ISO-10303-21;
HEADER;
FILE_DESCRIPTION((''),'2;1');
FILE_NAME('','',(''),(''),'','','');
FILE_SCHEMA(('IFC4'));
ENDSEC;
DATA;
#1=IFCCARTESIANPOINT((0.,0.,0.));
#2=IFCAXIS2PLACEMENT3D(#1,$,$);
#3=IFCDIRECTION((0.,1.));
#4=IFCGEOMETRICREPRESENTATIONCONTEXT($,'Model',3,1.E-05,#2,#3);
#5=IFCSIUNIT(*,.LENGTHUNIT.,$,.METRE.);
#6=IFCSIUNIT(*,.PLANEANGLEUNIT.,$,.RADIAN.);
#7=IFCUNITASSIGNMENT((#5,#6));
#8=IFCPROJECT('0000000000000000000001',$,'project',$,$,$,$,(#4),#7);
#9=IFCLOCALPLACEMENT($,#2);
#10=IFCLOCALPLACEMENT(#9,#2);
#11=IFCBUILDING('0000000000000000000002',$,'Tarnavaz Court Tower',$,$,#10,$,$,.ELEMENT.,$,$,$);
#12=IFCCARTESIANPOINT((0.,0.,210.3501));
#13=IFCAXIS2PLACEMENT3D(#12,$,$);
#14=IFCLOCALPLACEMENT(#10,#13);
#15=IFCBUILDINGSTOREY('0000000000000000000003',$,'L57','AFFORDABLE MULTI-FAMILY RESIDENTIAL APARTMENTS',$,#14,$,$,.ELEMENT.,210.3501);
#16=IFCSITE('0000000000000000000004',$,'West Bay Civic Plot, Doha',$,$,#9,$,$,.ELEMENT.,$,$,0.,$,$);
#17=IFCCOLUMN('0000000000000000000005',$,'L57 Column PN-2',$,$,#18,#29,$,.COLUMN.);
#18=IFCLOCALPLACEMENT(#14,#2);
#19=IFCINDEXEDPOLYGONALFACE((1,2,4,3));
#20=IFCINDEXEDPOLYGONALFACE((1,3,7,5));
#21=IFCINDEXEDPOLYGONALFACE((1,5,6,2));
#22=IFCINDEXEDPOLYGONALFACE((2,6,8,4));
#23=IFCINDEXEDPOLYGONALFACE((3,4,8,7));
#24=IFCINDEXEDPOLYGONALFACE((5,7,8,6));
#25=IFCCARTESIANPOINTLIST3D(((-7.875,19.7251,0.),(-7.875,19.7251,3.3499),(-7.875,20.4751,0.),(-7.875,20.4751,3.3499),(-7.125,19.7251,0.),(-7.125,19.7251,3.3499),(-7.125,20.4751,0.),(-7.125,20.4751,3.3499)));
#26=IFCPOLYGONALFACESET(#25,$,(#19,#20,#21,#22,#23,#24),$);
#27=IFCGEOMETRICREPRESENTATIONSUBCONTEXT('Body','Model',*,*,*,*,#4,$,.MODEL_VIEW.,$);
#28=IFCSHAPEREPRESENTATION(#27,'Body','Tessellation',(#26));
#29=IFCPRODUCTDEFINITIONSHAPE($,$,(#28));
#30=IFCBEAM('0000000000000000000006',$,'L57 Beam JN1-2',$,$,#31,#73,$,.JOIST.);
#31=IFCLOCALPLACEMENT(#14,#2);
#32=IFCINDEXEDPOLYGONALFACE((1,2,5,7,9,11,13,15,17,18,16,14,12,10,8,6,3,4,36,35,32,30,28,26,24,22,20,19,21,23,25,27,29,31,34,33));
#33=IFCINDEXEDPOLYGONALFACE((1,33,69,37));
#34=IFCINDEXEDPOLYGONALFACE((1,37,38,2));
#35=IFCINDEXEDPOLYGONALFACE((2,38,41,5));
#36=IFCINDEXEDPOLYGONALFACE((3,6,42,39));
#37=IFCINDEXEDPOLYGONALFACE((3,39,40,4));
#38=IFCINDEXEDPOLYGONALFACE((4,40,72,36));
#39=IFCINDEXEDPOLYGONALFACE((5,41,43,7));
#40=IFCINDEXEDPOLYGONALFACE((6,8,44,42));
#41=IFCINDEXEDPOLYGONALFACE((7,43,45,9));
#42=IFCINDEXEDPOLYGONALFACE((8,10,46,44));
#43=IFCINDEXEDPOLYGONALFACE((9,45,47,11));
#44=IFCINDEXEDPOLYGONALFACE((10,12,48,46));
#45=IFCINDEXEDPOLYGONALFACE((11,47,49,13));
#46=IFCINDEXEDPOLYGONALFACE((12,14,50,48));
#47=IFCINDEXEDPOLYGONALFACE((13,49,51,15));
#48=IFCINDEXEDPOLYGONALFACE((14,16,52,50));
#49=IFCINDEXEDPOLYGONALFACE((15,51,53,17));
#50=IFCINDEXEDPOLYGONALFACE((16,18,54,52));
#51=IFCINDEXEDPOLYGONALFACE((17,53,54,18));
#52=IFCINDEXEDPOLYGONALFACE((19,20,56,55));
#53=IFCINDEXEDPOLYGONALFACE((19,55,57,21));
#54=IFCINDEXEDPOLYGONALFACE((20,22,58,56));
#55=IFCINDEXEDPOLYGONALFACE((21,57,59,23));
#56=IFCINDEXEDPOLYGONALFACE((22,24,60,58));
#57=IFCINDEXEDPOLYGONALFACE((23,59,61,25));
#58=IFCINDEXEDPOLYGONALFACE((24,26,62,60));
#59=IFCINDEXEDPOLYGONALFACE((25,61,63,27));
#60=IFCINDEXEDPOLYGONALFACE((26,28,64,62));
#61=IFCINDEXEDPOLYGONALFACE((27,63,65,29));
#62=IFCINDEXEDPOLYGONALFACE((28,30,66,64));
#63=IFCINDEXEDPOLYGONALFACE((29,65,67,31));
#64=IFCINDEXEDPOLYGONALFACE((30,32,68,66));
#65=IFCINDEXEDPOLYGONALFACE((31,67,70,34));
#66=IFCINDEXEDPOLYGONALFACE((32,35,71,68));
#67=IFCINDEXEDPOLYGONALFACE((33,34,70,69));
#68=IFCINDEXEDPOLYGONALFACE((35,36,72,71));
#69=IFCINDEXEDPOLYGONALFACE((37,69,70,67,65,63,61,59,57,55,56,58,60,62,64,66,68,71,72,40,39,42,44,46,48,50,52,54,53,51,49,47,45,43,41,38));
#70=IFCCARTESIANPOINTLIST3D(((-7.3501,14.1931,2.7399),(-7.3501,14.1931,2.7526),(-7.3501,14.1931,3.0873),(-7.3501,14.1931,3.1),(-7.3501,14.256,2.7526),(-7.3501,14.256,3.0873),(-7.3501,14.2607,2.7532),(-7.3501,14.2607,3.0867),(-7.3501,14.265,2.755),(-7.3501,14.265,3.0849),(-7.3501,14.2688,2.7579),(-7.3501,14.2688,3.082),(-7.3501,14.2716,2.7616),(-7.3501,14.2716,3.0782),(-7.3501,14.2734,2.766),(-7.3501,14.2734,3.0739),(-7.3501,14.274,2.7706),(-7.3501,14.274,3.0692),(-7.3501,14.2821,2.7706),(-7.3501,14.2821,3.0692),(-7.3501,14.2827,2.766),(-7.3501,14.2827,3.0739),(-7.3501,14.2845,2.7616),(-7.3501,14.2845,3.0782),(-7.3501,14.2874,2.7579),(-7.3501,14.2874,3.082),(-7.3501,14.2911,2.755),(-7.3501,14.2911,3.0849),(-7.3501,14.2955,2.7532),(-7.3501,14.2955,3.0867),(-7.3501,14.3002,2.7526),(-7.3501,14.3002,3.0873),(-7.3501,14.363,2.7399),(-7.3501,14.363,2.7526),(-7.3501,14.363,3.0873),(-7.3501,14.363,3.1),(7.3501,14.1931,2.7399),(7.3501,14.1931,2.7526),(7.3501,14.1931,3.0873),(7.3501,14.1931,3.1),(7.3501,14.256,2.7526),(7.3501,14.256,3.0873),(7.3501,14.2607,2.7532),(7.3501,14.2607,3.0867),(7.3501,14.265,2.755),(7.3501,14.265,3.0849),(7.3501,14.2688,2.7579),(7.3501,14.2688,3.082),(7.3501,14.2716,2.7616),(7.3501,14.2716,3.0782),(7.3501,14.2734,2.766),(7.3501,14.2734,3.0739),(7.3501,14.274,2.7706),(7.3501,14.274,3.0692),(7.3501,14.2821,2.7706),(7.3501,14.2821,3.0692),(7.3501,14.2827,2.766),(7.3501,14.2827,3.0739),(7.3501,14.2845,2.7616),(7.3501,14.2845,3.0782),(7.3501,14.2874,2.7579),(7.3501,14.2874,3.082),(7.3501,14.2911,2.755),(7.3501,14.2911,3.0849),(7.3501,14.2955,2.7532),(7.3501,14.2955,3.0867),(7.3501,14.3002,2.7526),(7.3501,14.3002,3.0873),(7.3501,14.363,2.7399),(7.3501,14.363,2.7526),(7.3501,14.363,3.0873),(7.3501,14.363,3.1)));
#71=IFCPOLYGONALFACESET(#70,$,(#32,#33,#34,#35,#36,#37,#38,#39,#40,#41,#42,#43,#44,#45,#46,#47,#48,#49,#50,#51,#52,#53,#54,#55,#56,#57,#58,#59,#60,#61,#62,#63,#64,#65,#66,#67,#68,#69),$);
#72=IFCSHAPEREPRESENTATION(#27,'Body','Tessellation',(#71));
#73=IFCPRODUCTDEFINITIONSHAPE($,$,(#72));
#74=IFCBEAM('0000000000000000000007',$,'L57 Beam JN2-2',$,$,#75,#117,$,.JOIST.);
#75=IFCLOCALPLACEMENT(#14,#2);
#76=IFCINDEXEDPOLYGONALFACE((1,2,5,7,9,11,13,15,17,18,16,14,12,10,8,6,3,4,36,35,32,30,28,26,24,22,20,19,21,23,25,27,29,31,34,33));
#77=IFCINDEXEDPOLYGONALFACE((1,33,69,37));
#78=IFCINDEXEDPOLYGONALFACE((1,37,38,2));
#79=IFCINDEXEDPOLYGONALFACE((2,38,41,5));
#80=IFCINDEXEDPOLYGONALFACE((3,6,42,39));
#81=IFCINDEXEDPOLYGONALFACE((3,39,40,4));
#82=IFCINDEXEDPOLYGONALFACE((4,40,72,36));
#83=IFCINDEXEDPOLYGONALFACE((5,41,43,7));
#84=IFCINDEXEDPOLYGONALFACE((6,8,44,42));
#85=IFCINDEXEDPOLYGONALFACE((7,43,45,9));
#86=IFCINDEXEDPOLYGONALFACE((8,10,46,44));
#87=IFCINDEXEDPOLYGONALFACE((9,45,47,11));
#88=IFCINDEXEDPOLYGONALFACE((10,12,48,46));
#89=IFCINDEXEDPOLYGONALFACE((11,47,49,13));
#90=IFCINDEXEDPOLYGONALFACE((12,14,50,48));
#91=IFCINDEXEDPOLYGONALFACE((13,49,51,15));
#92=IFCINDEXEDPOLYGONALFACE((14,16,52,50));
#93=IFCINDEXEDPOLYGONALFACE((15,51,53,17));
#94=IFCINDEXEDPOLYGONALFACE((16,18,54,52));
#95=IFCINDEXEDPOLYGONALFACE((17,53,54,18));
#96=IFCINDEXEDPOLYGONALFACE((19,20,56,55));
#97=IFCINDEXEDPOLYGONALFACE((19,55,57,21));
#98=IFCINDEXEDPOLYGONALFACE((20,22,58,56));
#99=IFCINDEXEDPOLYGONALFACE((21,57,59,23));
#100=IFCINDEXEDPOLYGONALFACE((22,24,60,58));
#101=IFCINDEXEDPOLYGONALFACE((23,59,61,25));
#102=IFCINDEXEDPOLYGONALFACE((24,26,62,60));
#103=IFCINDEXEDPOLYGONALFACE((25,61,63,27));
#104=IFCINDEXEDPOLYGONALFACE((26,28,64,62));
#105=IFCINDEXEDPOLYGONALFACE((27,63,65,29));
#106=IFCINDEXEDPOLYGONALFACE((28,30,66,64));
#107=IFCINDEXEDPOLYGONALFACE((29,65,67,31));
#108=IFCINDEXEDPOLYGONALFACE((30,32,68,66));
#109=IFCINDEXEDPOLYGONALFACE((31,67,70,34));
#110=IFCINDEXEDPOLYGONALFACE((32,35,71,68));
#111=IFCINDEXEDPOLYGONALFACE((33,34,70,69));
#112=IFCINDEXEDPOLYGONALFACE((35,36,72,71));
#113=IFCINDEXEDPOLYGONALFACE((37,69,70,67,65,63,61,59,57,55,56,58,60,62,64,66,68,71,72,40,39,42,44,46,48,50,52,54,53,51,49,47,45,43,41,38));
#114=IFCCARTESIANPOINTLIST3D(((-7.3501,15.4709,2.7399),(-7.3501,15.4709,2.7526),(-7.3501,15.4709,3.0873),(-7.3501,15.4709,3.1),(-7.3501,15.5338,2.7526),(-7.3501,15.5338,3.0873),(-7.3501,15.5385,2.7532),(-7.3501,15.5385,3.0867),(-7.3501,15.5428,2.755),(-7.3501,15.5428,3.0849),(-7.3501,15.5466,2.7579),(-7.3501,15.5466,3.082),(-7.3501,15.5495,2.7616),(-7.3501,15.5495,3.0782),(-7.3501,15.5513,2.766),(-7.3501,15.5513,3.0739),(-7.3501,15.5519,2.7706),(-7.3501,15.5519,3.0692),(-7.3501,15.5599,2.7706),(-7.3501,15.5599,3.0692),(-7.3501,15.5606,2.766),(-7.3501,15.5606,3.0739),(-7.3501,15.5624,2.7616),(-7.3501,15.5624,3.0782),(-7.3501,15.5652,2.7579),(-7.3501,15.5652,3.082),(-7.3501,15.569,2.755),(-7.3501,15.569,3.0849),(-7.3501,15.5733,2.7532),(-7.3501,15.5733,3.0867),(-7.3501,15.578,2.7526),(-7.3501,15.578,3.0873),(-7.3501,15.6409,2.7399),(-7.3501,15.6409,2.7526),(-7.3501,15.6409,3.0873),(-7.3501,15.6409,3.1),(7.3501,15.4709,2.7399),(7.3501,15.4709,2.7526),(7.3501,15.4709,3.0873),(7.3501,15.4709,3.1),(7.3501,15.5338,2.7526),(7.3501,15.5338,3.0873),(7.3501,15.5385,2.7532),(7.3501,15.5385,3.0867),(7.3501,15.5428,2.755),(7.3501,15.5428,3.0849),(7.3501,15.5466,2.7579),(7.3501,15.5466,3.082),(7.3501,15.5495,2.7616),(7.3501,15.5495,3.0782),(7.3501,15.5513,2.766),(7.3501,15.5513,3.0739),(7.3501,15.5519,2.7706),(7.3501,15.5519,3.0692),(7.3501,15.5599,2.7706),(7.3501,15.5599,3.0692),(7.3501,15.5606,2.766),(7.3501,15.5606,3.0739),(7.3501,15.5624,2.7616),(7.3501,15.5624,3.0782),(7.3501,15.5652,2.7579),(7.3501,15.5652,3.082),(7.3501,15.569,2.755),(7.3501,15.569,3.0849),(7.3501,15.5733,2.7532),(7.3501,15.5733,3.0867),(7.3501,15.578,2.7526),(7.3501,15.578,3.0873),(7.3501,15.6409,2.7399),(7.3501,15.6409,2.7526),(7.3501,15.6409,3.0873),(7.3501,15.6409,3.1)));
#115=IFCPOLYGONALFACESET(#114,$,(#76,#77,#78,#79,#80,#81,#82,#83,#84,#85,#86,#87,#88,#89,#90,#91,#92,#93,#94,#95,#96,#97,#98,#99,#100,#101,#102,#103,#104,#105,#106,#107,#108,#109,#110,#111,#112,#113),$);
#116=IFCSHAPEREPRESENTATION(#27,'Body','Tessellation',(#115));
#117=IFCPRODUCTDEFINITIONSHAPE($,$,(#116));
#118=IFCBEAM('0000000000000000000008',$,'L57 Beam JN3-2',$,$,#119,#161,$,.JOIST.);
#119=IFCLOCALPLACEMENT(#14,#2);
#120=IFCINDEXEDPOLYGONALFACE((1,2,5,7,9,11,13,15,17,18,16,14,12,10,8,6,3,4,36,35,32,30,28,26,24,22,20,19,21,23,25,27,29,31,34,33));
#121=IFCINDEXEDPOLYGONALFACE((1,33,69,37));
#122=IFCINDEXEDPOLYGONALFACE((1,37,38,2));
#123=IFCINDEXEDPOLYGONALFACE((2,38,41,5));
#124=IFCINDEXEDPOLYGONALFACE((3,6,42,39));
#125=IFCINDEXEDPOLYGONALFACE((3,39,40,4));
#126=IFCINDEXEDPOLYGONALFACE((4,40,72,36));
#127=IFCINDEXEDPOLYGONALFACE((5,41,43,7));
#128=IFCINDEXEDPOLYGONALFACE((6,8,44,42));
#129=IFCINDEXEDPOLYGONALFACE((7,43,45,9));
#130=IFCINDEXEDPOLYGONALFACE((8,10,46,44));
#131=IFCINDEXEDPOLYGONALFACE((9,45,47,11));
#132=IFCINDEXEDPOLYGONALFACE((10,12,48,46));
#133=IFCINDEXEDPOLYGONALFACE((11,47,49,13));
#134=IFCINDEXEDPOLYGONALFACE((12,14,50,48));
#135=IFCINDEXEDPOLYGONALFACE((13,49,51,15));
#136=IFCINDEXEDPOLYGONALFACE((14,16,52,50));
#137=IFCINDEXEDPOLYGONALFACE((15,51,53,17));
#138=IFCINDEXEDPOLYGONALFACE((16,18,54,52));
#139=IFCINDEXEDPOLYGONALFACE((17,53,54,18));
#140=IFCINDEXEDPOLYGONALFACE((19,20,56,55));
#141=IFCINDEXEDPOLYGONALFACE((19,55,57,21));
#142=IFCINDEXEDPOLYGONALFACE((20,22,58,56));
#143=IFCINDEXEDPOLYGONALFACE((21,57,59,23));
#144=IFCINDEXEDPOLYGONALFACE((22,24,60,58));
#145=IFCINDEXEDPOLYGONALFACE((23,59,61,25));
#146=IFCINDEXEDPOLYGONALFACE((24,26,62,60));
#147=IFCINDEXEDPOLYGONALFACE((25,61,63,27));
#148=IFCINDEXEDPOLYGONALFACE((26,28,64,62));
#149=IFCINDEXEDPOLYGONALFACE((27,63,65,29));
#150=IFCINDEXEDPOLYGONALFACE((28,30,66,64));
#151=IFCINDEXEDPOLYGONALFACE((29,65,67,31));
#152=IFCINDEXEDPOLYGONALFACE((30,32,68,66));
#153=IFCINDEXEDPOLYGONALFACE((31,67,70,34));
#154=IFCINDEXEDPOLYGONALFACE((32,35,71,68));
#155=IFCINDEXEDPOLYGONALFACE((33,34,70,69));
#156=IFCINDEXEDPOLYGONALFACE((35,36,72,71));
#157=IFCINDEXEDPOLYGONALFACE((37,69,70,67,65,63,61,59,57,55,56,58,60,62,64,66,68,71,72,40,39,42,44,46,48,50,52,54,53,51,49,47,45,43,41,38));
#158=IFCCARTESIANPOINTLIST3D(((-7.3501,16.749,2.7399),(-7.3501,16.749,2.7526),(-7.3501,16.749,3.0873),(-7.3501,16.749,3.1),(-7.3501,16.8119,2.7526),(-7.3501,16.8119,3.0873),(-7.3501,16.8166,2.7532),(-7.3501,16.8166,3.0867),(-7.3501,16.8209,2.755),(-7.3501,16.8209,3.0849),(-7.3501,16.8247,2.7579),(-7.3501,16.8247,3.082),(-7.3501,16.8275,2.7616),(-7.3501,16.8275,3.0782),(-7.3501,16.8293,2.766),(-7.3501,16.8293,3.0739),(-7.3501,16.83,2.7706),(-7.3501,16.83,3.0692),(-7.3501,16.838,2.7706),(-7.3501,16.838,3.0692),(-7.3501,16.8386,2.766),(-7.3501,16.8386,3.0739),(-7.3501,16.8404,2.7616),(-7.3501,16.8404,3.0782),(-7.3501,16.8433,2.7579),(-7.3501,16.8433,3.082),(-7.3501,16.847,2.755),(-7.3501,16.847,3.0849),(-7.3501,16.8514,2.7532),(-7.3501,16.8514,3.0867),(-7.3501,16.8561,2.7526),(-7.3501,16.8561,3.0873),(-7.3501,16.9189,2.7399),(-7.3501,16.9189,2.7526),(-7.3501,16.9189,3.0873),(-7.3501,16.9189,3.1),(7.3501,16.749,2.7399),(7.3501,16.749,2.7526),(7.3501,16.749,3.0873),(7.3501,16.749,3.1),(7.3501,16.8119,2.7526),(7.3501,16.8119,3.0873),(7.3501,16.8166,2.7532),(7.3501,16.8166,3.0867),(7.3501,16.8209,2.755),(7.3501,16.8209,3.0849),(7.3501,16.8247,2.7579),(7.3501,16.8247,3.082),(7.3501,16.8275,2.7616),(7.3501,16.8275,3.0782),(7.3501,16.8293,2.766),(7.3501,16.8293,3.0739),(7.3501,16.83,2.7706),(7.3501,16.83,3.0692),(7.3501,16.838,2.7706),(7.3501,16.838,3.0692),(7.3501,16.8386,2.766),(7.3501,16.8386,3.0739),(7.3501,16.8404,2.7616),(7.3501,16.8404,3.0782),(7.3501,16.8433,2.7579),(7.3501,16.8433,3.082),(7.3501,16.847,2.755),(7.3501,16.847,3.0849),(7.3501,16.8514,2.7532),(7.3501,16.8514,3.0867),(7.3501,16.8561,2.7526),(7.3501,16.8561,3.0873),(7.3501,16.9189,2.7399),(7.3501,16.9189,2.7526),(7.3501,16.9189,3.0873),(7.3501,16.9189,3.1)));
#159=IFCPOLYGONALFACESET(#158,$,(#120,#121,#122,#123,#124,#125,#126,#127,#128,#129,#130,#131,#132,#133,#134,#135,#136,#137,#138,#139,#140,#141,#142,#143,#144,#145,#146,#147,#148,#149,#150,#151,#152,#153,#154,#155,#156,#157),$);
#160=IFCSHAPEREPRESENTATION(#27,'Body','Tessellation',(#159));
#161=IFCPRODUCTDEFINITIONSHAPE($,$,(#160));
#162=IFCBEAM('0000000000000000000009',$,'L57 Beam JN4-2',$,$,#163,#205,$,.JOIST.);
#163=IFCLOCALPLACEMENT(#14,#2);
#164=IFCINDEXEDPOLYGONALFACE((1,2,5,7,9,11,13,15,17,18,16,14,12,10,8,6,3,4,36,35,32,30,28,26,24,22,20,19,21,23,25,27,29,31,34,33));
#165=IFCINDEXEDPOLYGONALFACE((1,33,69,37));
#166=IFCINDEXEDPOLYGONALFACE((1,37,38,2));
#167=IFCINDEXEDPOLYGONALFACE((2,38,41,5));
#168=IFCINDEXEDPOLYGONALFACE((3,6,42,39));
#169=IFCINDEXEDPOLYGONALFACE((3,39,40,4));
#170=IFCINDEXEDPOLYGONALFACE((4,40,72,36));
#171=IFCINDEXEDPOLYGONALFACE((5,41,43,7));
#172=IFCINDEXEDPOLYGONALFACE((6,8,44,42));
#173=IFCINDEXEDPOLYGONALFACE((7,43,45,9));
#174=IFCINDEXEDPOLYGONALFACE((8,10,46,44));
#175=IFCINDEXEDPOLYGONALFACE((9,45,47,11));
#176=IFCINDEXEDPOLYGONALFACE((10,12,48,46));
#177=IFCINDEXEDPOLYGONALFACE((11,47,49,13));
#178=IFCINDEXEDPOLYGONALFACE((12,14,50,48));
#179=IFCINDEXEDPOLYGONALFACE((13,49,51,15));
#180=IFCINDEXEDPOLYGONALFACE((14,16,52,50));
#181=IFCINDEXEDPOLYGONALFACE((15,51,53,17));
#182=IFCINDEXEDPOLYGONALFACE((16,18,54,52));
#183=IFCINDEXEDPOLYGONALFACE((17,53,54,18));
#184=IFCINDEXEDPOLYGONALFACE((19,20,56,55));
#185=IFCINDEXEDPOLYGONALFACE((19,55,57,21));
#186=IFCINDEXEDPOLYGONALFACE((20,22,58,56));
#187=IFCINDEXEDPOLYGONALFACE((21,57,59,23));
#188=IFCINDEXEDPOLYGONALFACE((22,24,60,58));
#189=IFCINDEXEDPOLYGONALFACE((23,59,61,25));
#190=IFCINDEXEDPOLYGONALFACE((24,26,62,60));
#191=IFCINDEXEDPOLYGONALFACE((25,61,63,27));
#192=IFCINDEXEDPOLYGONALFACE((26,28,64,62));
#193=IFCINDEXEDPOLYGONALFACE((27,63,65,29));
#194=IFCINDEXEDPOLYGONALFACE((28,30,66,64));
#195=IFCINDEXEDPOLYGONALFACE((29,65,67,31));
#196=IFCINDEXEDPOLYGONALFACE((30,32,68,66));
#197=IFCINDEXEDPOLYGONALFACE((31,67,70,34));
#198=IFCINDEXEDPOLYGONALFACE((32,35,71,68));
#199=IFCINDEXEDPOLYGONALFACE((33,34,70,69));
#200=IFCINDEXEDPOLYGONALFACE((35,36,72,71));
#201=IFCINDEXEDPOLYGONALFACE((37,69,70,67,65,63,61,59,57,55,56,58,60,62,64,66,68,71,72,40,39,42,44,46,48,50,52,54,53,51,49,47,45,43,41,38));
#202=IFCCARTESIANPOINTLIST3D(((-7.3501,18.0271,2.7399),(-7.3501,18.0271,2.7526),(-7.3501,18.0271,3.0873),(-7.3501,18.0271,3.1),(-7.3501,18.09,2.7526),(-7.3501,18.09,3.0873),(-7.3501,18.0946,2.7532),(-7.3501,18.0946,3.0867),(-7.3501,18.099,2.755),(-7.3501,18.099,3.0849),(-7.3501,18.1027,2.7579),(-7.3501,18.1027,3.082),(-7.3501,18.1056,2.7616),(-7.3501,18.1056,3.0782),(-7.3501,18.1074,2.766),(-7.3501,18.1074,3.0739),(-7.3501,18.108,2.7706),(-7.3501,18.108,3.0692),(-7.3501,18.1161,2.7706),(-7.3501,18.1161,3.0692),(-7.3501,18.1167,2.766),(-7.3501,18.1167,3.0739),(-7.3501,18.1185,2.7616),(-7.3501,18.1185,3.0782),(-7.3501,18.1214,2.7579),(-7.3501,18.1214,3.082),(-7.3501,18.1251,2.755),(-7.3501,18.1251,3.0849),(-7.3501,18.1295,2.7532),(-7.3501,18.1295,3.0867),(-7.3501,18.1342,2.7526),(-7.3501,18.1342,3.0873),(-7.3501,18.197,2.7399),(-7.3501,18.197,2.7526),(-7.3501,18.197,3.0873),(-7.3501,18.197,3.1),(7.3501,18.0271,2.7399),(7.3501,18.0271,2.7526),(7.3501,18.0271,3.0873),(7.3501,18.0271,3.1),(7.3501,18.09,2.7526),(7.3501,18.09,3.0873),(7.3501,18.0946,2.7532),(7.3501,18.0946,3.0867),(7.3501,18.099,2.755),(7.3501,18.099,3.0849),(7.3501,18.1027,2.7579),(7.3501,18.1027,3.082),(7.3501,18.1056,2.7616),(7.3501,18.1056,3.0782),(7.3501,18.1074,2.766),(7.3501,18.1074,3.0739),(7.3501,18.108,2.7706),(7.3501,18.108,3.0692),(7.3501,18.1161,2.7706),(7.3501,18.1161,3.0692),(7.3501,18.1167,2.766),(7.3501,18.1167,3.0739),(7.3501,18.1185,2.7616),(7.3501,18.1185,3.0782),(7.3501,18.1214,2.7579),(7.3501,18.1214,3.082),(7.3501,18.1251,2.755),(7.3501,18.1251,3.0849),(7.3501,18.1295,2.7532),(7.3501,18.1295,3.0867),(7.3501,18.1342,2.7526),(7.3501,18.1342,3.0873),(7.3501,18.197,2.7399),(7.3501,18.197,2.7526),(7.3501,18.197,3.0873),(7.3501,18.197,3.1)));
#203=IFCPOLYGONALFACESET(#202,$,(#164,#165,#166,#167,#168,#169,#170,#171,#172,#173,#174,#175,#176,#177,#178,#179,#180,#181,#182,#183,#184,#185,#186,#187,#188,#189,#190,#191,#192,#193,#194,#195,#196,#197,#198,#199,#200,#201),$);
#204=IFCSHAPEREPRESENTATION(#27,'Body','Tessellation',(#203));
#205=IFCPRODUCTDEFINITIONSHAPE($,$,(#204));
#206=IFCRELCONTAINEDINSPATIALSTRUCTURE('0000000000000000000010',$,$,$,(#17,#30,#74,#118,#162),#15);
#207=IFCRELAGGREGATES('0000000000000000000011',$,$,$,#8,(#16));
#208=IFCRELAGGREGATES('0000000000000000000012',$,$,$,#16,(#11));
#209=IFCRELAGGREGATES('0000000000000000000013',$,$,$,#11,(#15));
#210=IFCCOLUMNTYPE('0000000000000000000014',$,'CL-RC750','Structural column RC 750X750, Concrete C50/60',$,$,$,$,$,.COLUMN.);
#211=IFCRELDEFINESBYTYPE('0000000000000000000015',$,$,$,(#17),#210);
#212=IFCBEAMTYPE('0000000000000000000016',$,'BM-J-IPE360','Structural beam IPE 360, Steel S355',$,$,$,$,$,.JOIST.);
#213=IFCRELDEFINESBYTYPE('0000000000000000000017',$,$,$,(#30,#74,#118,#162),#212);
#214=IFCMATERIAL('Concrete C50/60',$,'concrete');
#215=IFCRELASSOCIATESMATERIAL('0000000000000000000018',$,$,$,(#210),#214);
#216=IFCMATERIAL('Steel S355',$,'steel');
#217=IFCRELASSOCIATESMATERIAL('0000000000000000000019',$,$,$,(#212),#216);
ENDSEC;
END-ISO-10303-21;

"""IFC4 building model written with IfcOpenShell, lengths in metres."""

from ifc_helpers import new_model, si_unit, direction, frame, origin, origin_2d, place, context, subcontext, project, spatial, rectangle, i_section, extrude, material, material_profile, profile_set, type_object, element, save


model = new_model("IFC4")

# Units and contexts
model_context = context("Model", 3, precision=1e-05, world=origin(), true_north=direction((0.0, 1.0)))
body_context = subcontext(model_context, "Body", "Model", "MODEL_VIEW")
ifc_project = project(units=[si_unit("LENGTHUNIT", "METRE"), si_unit("PLANEANGLEUNIT", "RADIAN")], contexts=[model_context])

# Site, building, storey
site_placement = place(None, origin())
site = spatial("IfcSite", under=ifc_project, at=site_placement, Name="West Bay Civic Plot, Doha", CompositionType="ELEMENT", RefElevation=0.0)
building_placement = place(site_placement, origin())
building = spatial("IfcBuilding", under=site, at=building_placement, Name="Tarnavaz Court Tower", CompositionType="ELEMENT")
storey_placement = place(building_placement, frame((0.0, 0.0, 210.3501)))
storey = spatial("IfcBuildingStorey", under=building, at=storey_placement, Name="L57", Description="AFFORDABLE MULTI-FAMILY RESIDENTIAL APARTMENTS", CompositionType="ELEMENT", Elevation=210.3501)

# Column
ifc_material_1 = material(Name="Concrete C50/60", Category="concrete")
ifc_material_profile_1 = material_profile(ifc_material_1, rectangle(XDim=0.75, YDim=0.75, at=origin_2d()), Name="RC 750X750")
ifc_profile_set_1 = profile_set([ifc_material_profile_1], Name="Concrete C50/60")
column_type = type_object("IfcColumnType", Name="CL-RC750", Description="Structural column RC 750X750, Concrete C50/60", PredefinedType="COLUMN", material=ifc_profile_set_1)
column_placement = place(storey_placement, frame((-7.5, 20.1001, 0.0), z_axis=(0.0, 0.0, 1.0), x_axis=(1.0, 0.0, 0.0)))
element("IfcColumn", 1, at=column_placement, inside=storey, type_object=column_type, Name="L57 Column PN-2", PredefinedType="COLUMN", context=body_context, shape_type="SweptSolid", body=[
    extrude(rectangle(XDim=0.75, YDim=0.75, at=origin_2d()), origin(), (0.0, 0.0, 1.0), 3.3499),
])

# Beams
ifc_material_2 = material(Name="Steel S355", Category="steel")
ifc_material_profile_2 = material_profile(ifc_material_2, i_section(OverallWidth=0.1699, OverallDepth=0.3601, WebThickness=0.0081, FlangeThickness=0.0127, FilletRadius=0.0181, at=origin_2d()), Name="IPE 360")
ifc_profile_set_2 = profile_set([ifc_material_profile_2], Name="Steel S355")
beam_type_1 = type_object("IfcBeamType", Name="BM-J-IPE360", Description="Structural beam IPE 360, Steel S355", PredefinedType="JOIST", material=ifc_profile_set_2)
for number, where, z_axis, x_axis, name in (
    (2, (-7.3501, 14.2781, 2.9199), (1.0, 0.0, 0.0), (0.0, 1.0, 0.0), "L57 Beam JN1-2"),
    (3, (-7.3501, 15.5559, 2.9199), (1.0, 0.0, 0.0), (0.0, 1.0, 0.0), "L57 Beam JN2-2"),
    (4, (-7.3501, 16.834, 2.9199), (1.0, 0.0, 0.0), (0.0, 1.0, 0.0), "L57 Beam JN3-2"),
    (5, (-7.3501, 18.1121, 2.9199), (1.0, 0.0, 0.0), (0.0, 1.0, 0.0), "L57 Beam JN4-2"),
):
    element("IfcBeam", number, at=place(storey_placement, frame(where, z_axis=z_axis, x_axis=x_axis)), inside=storey, type_object=beam_type_1, Name=name, PredefinedType="JOIST", context=body_context, shape_type="SweptSolid", body=[
        extrude(i_section(OverallWidth=0.1699, OverallDepth=0.3601, WebThickness=0.0081, FlangeThickness=0.0127, FilletRadius=0.0181, at=origin_2d()), origin(), (0.0, 0.0, 1.0), 14.7002),
    ])

save(model, "model.ifc")
